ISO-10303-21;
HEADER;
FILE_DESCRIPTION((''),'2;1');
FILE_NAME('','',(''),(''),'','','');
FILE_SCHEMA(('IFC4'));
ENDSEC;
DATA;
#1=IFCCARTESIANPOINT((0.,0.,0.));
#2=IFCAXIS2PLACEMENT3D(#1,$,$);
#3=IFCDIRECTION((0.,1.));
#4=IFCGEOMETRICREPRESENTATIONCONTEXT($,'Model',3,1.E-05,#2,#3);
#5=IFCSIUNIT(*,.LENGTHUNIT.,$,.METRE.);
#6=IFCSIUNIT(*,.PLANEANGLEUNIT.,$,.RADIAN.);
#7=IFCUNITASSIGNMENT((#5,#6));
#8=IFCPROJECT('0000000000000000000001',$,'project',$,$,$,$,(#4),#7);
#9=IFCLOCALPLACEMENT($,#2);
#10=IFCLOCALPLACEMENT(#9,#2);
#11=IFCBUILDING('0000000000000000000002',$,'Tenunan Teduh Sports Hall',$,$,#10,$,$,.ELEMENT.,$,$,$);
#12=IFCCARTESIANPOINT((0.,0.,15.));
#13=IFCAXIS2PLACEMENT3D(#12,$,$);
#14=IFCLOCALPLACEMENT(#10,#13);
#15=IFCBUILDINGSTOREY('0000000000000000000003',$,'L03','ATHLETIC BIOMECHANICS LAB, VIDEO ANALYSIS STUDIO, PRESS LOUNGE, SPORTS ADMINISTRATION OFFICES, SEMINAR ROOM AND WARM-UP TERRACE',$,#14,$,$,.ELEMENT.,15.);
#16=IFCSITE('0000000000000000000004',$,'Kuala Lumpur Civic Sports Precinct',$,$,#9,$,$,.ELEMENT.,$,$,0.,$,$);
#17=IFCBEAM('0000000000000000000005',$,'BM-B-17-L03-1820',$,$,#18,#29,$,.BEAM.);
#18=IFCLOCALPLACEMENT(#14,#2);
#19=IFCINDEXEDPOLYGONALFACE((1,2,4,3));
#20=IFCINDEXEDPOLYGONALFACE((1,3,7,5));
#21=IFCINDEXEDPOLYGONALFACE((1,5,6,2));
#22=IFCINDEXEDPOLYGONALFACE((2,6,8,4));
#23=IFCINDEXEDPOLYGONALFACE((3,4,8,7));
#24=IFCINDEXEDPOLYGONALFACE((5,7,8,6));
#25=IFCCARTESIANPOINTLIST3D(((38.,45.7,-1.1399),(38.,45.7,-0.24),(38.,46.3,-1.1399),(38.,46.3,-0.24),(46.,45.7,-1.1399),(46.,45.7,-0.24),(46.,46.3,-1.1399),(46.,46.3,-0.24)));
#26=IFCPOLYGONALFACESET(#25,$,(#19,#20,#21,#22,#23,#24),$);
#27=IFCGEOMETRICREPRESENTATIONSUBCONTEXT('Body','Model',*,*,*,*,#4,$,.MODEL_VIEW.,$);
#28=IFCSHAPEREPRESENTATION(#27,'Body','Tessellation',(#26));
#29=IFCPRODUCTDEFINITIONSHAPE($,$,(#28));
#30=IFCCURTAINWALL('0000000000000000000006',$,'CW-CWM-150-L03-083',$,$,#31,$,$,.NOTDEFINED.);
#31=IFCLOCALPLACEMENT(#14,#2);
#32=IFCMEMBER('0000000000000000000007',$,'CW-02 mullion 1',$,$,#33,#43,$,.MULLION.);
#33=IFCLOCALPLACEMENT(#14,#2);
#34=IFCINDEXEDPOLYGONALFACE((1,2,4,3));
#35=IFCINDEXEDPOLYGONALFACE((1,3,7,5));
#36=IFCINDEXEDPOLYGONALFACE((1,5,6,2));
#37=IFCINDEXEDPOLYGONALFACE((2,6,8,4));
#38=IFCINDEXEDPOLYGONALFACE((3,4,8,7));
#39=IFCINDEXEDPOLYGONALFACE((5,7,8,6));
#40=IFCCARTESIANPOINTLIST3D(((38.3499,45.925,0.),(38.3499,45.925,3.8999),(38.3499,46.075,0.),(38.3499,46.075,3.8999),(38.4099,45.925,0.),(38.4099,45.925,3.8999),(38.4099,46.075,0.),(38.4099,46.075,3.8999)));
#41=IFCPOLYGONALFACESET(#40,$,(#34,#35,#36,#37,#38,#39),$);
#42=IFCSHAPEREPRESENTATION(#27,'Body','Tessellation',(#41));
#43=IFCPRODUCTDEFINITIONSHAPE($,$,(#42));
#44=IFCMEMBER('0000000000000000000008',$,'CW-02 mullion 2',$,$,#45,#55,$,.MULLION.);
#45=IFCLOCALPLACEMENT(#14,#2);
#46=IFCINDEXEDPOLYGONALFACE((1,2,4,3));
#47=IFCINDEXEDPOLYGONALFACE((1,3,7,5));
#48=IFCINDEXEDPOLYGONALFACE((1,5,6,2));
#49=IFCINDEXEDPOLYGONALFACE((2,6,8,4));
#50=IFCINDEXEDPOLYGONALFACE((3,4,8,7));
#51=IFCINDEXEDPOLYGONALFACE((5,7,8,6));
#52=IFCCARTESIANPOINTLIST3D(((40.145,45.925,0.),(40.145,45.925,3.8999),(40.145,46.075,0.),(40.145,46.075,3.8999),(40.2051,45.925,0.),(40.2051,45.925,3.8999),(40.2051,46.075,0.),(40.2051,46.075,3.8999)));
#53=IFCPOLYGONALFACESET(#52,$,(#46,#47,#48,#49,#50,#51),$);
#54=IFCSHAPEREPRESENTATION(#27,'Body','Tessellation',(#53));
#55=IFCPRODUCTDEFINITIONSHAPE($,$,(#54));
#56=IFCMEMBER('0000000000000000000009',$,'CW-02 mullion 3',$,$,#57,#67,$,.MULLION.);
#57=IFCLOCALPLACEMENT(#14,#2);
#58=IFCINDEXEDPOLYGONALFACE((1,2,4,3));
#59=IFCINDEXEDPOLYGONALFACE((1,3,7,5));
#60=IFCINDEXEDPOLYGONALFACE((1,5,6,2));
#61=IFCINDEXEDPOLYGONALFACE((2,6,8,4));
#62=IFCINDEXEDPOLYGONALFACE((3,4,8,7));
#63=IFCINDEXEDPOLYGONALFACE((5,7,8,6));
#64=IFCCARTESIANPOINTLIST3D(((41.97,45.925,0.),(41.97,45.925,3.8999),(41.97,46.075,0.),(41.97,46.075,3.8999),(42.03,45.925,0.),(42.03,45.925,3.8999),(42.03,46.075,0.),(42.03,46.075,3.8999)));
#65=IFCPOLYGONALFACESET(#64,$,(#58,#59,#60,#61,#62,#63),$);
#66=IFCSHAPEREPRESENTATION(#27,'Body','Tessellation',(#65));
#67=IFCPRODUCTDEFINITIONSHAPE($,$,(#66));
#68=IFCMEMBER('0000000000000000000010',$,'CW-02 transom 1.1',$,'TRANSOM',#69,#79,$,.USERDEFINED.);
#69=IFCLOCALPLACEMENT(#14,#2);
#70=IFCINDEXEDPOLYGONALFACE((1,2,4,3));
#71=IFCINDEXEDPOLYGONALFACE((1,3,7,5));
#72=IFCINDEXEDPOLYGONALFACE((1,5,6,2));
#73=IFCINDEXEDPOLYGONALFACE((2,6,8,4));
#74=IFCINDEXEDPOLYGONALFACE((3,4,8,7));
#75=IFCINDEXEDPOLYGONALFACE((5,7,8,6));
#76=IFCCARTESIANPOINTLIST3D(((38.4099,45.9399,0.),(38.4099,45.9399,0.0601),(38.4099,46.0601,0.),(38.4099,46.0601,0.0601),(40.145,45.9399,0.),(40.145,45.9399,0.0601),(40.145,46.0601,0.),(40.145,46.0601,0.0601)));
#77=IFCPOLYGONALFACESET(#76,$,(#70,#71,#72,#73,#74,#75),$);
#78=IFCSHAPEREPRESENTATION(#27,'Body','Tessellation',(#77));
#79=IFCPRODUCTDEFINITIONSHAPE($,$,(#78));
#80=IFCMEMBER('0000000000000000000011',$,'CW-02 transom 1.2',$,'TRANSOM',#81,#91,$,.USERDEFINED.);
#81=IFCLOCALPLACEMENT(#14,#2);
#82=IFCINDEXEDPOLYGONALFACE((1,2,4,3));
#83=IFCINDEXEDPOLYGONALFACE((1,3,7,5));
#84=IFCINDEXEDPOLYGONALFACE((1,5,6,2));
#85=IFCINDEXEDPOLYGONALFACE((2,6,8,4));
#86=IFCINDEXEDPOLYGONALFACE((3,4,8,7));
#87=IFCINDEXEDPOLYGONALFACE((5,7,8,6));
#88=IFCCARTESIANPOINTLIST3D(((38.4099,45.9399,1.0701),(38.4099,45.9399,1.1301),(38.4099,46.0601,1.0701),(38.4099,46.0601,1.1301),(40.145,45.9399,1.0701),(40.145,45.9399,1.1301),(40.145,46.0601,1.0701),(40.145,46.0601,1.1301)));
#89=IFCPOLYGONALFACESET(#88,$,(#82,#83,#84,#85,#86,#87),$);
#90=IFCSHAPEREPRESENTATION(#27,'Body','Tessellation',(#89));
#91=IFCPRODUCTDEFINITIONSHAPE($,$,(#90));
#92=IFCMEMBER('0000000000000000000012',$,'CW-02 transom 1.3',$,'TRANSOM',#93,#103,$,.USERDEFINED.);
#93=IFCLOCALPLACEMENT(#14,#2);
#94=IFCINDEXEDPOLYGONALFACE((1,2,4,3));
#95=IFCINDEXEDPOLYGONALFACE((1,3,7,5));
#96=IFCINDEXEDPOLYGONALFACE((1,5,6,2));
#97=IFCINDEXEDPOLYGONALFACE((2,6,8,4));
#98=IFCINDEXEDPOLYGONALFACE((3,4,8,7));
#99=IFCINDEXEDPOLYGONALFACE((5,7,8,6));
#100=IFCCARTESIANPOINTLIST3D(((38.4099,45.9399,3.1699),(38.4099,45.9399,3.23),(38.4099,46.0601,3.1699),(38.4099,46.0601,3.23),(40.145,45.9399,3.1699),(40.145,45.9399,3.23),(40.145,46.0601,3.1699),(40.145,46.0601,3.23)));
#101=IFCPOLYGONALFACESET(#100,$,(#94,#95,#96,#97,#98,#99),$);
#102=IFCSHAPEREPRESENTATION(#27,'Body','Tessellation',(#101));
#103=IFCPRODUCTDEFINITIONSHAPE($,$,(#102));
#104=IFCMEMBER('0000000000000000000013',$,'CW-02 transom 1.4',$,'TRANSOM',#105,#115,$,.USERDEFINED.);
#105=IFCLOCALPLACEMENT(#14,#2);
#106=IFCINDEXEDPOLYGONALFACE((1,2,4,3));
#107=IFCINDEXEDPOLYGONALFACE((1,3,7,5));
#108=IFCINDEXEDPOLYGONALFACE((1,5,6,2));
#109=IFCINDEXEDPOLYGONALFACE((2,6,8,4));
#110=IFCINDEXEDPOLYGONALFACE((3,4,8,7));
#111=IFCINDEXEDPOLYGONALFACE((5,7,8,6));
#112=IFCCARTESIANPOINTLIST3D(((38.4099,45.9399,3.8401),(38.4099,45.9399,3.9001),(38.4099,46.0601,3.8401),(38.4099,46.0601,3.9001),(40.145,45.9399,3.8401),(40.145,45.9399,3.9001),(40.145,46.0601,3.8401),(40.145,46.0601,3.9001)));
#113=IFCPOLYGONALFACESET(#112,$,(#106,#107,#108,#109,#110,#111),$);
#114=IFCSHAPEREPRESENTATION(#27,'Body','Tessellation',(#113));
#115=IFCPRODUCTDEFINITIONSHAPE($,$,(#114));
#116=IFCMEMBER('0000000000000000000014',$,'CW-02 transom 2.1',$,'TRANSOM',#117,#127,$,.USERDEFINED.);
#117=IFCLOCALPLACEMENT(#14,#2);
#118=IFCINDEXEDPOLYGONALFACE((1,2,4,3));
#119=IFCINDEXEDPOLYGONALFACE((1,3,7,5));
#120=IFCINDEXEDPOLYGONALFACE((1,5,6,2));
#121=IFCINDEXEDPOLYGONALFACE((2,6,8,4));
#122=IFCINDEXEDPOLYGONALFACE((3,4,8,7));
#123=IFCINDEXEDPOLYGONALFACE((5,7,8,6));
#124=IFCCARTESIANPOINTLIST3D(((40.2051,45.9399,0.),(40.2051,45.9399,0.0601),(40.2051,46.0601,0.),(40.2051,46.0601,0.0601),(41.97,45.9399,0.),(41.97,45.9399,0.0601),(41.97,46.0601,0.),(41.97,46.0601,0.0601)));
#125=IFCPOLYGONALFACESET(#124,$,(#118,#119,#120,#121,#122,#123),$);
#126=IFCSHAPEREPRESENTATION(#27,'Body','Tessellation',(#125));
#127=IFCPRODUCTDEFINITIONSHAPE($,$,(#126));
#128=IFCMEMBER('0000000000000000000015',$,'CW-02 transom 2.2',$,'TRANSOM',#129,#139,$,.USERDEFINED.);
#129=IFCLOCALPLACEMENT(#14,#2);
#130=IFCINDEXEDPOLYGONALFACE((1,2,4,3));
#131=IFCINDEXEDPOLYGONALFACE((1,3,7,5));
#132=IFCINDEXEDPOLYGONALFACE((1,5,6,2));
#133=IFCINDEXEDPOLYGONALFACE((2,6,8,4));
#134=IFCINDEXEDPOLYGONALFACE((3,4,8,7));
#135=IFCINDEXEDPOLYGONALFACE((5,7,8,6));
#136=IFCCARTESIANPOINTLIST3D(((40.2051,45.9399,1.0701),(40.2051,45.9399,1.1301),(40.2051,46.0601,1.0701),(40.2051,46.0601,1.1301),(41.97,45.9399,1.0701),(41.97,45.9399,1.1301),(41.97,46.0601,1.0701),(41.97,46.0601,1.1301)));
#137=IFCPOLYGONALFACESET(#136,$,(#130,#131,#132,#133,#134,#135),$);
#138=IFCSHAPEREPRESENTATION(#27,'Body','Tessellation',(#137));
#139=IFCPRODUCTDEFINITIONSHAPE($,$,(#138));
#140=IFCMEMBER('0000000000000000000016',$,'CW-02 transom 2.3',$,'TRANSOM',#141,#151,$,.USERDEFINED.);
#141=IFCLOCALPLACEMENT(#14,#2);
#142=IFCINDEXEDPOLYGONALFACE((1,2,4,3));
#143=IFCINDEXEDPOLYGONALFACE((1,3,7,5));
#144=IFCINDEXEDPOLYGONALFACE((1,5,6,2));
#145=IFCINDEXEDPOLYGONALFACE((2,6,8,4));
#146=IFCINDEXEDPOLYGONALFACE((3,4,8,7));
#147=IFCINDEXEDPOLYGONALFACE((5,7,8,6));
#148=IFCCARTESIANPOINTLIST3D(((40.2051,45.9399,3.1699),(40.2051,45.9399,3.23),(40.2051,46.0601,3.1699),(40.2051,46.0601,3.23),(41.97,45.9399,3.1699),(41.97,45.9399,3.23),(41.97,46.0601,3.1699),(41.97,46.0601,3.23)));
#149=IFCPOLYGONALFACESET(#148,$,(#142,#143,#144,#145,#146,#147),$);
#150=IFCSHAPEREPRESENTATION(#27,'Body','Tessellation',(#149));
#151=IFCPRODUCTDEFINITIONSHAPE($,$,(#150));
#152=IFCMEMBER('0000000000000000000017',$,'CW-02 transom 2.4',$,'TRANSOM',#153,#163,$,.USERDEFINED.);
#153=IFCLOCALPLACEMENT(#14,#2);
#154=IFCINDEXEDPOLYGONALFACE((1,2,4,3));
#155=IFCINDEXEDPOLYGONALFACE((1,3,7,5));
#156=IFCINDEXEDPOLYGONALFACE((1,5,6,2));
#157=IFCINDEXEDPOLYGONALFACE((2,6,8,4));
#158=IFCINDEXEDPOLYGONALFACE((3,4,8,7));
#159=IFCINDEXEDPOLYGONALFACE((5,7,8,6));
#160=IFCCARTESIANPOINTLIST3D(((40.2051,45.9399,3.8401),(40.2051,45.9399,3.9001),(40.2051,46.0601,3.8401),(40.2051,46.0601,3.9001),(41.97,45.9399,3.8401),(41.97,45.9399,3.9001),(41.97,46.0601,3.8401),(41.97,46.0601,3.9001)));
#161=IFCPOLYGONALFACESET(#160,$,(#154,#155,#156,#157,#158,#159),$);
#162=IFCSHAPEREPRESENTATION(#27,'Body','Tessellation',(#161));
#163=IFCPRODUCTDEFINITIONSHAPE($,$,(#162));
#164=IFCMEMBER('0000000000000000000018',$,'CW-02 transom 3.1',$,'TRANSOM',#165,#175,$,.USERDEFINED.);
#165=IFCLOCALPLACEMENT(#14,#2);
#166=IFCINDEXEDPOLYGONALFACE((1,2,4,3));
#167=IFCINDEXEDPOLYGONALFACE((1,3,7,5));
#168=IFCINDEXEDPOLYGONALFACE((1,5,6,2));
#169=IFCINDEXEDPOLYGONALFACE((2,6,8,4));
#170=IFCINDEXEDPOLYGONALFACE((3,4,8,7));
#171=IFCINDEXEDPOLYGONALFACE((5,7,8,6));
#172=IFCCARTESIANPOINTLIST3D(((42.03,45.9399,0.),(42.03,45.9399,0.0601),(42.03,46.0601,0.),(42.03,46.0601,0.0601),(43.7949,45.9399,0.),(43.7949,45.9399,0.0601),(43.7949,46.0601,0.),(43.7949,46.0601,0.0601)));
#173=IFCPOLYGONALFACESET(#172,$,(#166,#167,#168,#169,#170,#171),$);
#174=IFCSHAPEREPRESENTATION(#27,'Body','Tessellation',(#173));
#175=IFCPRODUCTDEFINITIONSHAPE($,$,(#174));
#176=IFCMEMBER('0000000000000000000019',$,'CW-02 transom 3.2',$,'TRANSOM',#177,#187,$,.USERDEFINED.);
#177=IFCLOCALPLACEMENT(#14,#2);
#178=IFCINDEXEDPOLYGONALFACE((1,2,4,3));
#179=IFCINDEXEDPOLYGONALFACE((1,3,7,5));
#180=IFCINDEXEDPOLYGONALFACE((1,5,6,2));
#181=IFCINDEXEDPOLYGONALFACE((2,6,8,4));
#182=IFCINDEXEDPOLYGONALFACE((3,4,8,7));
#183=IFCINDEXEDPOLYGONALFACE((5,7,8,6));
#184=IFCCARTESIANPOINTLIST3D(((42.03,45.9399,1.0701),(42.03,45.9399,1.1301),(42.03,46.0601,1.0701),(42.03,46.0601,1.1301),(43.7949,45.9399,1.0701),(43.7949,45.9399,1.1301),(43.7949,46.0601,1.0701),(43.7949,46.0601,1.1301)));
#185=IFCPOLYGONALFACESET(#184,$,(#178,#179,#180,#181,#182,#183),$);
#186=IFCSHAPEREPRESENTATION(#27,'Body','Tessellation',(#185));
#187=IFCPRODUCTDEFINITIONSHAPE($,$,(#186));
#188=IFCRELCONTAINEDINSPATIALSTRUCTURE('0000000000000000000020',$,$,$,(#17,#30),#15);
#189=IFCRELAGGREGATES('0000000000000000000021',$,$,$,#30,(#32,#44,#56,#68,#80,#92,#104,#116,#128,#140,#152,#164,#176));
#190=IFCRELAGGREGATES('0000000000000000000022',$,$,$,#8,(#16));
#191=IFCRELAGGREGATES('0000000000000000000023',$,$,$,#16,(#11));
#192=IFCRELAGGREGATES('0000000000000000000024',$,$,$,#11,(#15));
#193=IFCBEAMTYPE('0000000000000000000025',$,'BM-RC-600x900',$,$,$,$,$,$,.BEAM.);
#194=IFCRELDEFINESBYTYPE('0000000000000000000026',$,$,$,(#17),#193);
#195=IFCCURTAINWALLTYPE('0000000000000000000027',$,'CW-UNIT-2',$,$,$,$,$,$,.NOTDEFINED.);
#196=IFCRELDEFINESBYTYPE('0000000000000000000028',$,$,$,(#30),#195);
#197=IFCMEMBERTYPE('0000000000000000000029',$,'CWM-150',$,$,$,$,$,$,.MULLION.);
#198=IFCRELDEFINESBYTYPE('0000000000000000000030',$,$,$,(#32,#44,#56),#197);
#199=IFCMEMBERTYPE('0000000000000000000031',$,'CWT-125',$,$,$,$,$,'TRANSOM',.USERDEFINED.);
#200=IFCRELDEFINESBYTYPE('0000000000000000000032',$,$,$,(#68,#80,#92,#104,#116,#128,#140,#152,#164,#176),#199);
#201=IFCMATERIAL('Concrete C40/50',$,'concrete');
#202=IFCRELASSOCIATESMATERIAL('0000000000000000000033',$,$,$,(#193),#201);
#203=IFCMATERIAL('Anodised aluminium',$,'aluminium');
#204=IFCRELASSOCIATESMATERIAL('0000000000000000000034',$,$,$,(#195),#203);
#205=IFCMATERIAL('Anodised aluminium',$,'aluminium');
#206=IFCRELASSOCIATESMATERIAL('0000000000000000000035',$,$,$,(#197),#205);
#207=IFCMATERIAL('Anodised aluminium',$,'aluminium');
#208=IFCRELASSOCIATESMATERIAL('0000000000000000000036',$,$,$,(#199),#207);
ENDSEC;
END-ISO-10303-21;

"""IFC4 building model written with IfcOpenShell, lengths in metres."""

from ifc_helpers import new_model, si_unit, direction, frame, origin, origin_2d, place, context, subcontext, project, spatial, rectangle, extrude, material, material_profile, profile_set, type_object, element, aggregate, save


model = new_model("IFC4")

# Units and contexts
model_context = context("Model", 3, precision=1e-05, world=origin(), true_north=direction((0.0, 1.0)))
body_context = subcontext(model_context, "Body", "Model", "MODEL_VIEW")
ifc_project = project(units=[si_unit("LENGTHUNIT", "METRE"), si_unit("PLANEANGLEUNIT", "RADIAN")], contexts=[model_context])

# Site, building, storey
site_placement = place(None, origin())
site = spatial("IfcSite", under=ifc_project, at=site_placement, Name="Kuala Lumpur Civic Sports Precinct", CompositionType="ELEMENT", RefElevation=0.0)
building_placement = place(site_placement, origin())
building = spatial("IfcBuilding", under=site, at=building_placement, Name="Tenunan Teduh Sports Hall", CompositionType="ELEMENT")
storey_placement = place(building_placement, frame((0.0, 0.0, 15.0)))
storey = spatial("IfcBuildingStorey", under=building, at=storey_placement, Name="L03", Description="ATHLETIC BIOMECHANICS LAB, VIDEO ANALYSIS STUDIO, PRESS LOUNGE, SPORTS ADMINISTRATION OFFICES, SEMINAR ROOM AND WARM-UP TERRACE", CompositionType="ELEMENT", Elevation=15.0)

# Beam
ifc_material_1 = material(Name="Concrete C40/50", Category="concrete")
ifc_material_profile_1 = material_profile(ifc_material_1, rectangle(XDim=0.6001, YDim=0.8999, at=origin_2d()), Name="RCB 600x900")
ifc_profile_set_1 = profile_set([ifc_material_profile_1], Name="Concrete C40/50")
beam_type = type_object("IfcBeamType", Name="BM-RC-600x900", PredefinedType="BEAM", material=ifc_profile_set_1)
beam_placement = place(storey_placement, frame((38.0, 46.0, -0.6899), z_axis=(1.0, 0.0, 0.0), x_axis=(0.0, 1.0, 0.0)))
element("IfcBeam", 1, at=beam_placement, inside=storey, type_object=beam_type, Name="BM-B-17-L03-1820", PredefinedType="BEAM", context=body_context, shape_type="SweptSolid", body=[
    extrude(rectangle(XDim=0.6001, YDim=0.8999, at=origin_2d()), origin(), (0.0, 0.0, 1.0), 8.0),
])

# Curtain wall, members
ifc_material_2 = material(Name="Anodised aluminium", Category="aluminium")
curtain_wall_type = type_object("IfcCurtainWallType", Name="CW-UNIT-2", PredefinedType="NOTDEFINED", material=ifc_material_2)
curtain_wall_placement = place(storey_placement, origin())
curtain_wall = element("IfcCurtainWall", 2, at=curtain_wall_placement, inside=storey, type_object=curtain_wall_type, Name="CW-CWM-150-L03-083", PredefinedType="NOTDEFINED")
ifc_material_3 = material(Name="Anodised aluminium", Category="aluminium")
ifc_material_profile_2 = material_profile(ifc_material_3, rectangle(XDim=0.0601, YDim=0.1499, at=origin_2d()), Name="CWM 60x150")
ifc_profile_set_2 = profile_set([ifc_material_profile_2], Name="Anodised aluminium")
member_type_1 = type_object("IfcMemberType", Name="CWM-150", PredefinedType="MULLION", material=ifc_profile_set_2)
member_1_placement = place(storey_placement, frame((38.3799, 46.0, 0.0), z_axis=(0.0, 0.0, 1.0), x_axis=(1.0, 0.0, 0.0)))
member_1 = element("IfcMember", 3, at=member_1_placement, type_object=member_type_1, Name="CW-02 mullion 1", PredefinedType="MULLION", context=body_context, shape_type="SweptSolid", body=[
    extrude(rectangle(XDim=0.0601, YDim=0.1499, at=origin_2d()), origin(), (0.0, 0.0, 1.0), 3.8999),
])
member_2_placement = place(storey_placement, frame((40.175, 46.0, 0.0), z_axis=(0.0, 0.0, 1.0), x_axis=(1.0, 0.0, 0.0)))
member_2 = element("IfcMember", 4, at=member_2_placement, type_object=member_type_1, Name="CW-02 mullion 2", PredefinedType="MULLION", context=body_context, shape_type="SweptSolid", body=[
    extrude(rectangle(XDim=0.0601, YDim=0.1499, at=origin_2d()), origin(), (0.0, 0.0, 1.0), 3.8999),
])
member_3_placement = place(storey_placement, frame((42.0, 46.0, 0.0), z_axis=(0.0, 0.0, 1.0), x_axis=(1.0, 0.0, 0.0)))
member_3 = element("IfcMember", 5, at=member_3_placement, type_object=member_type_1, Name="CW-02 mullion 3", PredefinedType="MULLION", context=body_context, shape_type="SweptSolid", body=[
    extrude(rectangle(XDim=0.0601, YDim=0.1499, at=origin_2d()), origin(), (0.0, 0.0, 1.0), 3.8999),
])
ifc_material_4 = material(Name="Anodised aluminium", Category="aluminium")
ifc_material_profile_3 = material_profile(ifc_material_4, rectangle(XDim=0.0601, YDim=0.1201, at=origin_2d()), Name="CWT 60x120")
ifc_profile_set_3 = profile_set([ifc_material_profile_3], Name="Anodised aluminium")
member_type_2 = type_object("IfcMemberType", Name="CWT-125", ElementType="TRANSOM", PredefinedType="USERDEFINED", material=ifc_profile_set_3)
member_4_placement = place(storey_placement, frame((38.4099, 46.0, 0.03), z_axis=(1.0, 0.0, 0.0), x_axis=(0.0, 0.0, 1.0)))
member_4 = element("IfcMember", 6, at=member_4_placement, type_object=member_type_2, Name="CW-02 transom 1.1", ObjectType="TRANSOM", PredefinedType="USERDEFINED", context=body_context, shape_type="SweptSolid", body=[
    extrude(rectangle(XDim=0.0601, YDim=0.1201, at=origin_2d()), origin(), (0.0, 0.0, 1.0), 1.7351),
])
member_5_placement = place(storey_placement, frame((38.4099, 46.0, 1.1001), z_axis=(1.0, 0.0, 0.0), x_axis=(0.0, 0.0, 1.0)))
member_5 = element("IfcMember", 7, at=member_5_placement, type_object=member_type_2, Name="CW-02 transom 1.2", ObjectType="TRANSOM", PredefinedType="USERDEFINED", context=body_context, shape_type="SweptSolid", body=[
    extrude(rectangle(XDim=0.0601, YDim=0.1201, at=origin_2d()), origin(), (0.0, 0.0, 1.0), 1.7351),
])
member_6_placement = place(storey_placement, frame((38.4099, 46.0, 3.2), z_axis=(1.0, 0.0, 0.0), x_axis=(0.0, 0.0, 1.0)))
member_6 = element("IfcMember", 8, at=member_6_placement, type_object=member_type_2, Name="CW-02 transom 1.3", ObjectType="TRANSOM", PredefinedType="USERDEFINED", context=body_context, shape_type="SweptSolid", body=[
    extrude(rectangle(XDim=0.0601, YDim=0.1201, at=origin_2d()), origin(), (0.0, 0.0, 1.0), 1.7351),
])
member_7_placement = place(storey_placement, frame((38.4099, 46.0, 3.8701), z_axis=(1.0, 0.0, 0.0), x_axis=(0.0, 0.0, 1.0)))
member_7 = element("IfcMember", 9, at=member_7_placement, type_object=member_type_2, Name="CW-02 transom 1.4", ObjectType="TRANSOM", PredefinedType="USERDEFINED", context=body_context, shape_type="SweptSolid", body=[
    extrude(rectangle(XDim=0.0601, YDim=0.1201, at=origin_2d()), origin(), (0.0, 0.0, 1.0), 1.7351),
])
member_8_placement = place(storey_placement, frame((40.2051, 46.0, 0.03), z_axis=(1.0, 0.0, 0.0), x_axis=(0.0, 0.0, 1.0)))
member_8 = element("IfcMember", 10, at=member_8_placement, type_object=member_type_2, Name="CW-02 transom 2.1", ObjectType="TRANSOM", PredefinedType="USERDEFINED", context=body_context, shape_type="SweptSolid", body=[
    extrude(rectangle(XDim=0.0601, YDim=0.1201, at=origin_2d()), origin(), (0.0, 0.0, 1.0), 1.7649),
])
member_9_placement = place(storey_placement, frame((40.2051, 46.0, 1.1001), z_axis=(1.0, 0.0, 0.0), x_axis=(0.0, 0.0, 1.0)))
member_9 = element("IfcMember", 11, at=member_9_placement, type_object=member_type_2, Name="CW-02 transom 2.2", ObjectType="TRANSOM", PredefinedType="USERDEFINED", context=body_context, shape_type="SweptSolid", body=[
    extrude(rectangle(XDim=0.0601, YDim=0.1201, at=origin_2d()), origin(), (0.0, 0.0, 1.0), 1.7649),
])
member_10_placement = place(storey_placement, frame((40.2051, 46.0, 3.2), z_axis=(1.0, 0.0, 0.0), x_axis=(0.0, 0.0, 1.0)))
member_10 = element("IfcMember", 12, at=member_10_placement, type_object=member_type_2, Name="CW-02 transom 2.3", ObjectType="TRANSOM", PredefinedType="USERDEFINED", context=body_context, shape_type="SweptSolid", body=[
    extrude(rectangle(XDim=0.0601, YDim=0.1201, at=origin_2d()), origin(), (0.0, 0.0, 1.0), 1.7649),
])
member_11_placement = place(storey_placement, frame((40.2051, 46.0, 3.8701), z_axis=(1.0, 0.0, 0.0), x_axis=(0.0, 0.0, 1.0)))
member_11 = element("IfcMember", 13, at=member_11_placement, type_object=member_type_2, Name="CW-02 transom 2.4", ObjectType="TRANSOM", PredefinedType="USERDEFINED", context=body_context, shape_type="SweptSolid", body=[
    extrude(rectangle(XDim=0.0601, YDim=0.1201, at=origin_2d()), origin(), (0.0, 0.0, 1.0), 1.7649),
])
member_12_placement = place(storey_placement, frame((42.03, 46.0, 0.03), z_axis=(1.0, 0.0, 0.0), x_axis=(0.0, 0.0, 1.0)))
member_12 = element("IfcMember", 14, at=member_12_placement, type_object=member_type_2, Name="CW-02 transom 3.1", ObjectType="TRANSOM", PredefinedType="USERDEFINED", context=body_context, shape_type="SweptSolid", body=[
    extrude(rectangle(XDim=0.0601, YDim=0.1201, at=origin_2d()), origin(), (0.0, 0.0, 1.0), 1.7649),
])
member_13_placement = place(storey_placement, frame((42.03, 46.0, 1.1001), z_axis=(1.0, 0.0, 0.0), x_axis=(0.0, 0.0, 1.0)))
member_13 = element("IfcMember", 15, at=member_13_placement, type_object=member_type_2, Name="CW-02 transom 3.2", ObjectType="TRANSOM", PredefinedType="USERDEFINED", context=body_context, shape_type="SweptSolid", body=[
    extrude(rectangle(XDim=0.0601, YDim=0.1201, at=origin_2d()), origin(), (0.0, 0.0, 1.0), 1.7649),
])
aggregate(curtain_wall, [member_1, member_2, member_3, member_4, member_5, member_6, member_7, member_8, member_9, member_10, member_11, member_12, member_13])

save(model, "model.ifc")
